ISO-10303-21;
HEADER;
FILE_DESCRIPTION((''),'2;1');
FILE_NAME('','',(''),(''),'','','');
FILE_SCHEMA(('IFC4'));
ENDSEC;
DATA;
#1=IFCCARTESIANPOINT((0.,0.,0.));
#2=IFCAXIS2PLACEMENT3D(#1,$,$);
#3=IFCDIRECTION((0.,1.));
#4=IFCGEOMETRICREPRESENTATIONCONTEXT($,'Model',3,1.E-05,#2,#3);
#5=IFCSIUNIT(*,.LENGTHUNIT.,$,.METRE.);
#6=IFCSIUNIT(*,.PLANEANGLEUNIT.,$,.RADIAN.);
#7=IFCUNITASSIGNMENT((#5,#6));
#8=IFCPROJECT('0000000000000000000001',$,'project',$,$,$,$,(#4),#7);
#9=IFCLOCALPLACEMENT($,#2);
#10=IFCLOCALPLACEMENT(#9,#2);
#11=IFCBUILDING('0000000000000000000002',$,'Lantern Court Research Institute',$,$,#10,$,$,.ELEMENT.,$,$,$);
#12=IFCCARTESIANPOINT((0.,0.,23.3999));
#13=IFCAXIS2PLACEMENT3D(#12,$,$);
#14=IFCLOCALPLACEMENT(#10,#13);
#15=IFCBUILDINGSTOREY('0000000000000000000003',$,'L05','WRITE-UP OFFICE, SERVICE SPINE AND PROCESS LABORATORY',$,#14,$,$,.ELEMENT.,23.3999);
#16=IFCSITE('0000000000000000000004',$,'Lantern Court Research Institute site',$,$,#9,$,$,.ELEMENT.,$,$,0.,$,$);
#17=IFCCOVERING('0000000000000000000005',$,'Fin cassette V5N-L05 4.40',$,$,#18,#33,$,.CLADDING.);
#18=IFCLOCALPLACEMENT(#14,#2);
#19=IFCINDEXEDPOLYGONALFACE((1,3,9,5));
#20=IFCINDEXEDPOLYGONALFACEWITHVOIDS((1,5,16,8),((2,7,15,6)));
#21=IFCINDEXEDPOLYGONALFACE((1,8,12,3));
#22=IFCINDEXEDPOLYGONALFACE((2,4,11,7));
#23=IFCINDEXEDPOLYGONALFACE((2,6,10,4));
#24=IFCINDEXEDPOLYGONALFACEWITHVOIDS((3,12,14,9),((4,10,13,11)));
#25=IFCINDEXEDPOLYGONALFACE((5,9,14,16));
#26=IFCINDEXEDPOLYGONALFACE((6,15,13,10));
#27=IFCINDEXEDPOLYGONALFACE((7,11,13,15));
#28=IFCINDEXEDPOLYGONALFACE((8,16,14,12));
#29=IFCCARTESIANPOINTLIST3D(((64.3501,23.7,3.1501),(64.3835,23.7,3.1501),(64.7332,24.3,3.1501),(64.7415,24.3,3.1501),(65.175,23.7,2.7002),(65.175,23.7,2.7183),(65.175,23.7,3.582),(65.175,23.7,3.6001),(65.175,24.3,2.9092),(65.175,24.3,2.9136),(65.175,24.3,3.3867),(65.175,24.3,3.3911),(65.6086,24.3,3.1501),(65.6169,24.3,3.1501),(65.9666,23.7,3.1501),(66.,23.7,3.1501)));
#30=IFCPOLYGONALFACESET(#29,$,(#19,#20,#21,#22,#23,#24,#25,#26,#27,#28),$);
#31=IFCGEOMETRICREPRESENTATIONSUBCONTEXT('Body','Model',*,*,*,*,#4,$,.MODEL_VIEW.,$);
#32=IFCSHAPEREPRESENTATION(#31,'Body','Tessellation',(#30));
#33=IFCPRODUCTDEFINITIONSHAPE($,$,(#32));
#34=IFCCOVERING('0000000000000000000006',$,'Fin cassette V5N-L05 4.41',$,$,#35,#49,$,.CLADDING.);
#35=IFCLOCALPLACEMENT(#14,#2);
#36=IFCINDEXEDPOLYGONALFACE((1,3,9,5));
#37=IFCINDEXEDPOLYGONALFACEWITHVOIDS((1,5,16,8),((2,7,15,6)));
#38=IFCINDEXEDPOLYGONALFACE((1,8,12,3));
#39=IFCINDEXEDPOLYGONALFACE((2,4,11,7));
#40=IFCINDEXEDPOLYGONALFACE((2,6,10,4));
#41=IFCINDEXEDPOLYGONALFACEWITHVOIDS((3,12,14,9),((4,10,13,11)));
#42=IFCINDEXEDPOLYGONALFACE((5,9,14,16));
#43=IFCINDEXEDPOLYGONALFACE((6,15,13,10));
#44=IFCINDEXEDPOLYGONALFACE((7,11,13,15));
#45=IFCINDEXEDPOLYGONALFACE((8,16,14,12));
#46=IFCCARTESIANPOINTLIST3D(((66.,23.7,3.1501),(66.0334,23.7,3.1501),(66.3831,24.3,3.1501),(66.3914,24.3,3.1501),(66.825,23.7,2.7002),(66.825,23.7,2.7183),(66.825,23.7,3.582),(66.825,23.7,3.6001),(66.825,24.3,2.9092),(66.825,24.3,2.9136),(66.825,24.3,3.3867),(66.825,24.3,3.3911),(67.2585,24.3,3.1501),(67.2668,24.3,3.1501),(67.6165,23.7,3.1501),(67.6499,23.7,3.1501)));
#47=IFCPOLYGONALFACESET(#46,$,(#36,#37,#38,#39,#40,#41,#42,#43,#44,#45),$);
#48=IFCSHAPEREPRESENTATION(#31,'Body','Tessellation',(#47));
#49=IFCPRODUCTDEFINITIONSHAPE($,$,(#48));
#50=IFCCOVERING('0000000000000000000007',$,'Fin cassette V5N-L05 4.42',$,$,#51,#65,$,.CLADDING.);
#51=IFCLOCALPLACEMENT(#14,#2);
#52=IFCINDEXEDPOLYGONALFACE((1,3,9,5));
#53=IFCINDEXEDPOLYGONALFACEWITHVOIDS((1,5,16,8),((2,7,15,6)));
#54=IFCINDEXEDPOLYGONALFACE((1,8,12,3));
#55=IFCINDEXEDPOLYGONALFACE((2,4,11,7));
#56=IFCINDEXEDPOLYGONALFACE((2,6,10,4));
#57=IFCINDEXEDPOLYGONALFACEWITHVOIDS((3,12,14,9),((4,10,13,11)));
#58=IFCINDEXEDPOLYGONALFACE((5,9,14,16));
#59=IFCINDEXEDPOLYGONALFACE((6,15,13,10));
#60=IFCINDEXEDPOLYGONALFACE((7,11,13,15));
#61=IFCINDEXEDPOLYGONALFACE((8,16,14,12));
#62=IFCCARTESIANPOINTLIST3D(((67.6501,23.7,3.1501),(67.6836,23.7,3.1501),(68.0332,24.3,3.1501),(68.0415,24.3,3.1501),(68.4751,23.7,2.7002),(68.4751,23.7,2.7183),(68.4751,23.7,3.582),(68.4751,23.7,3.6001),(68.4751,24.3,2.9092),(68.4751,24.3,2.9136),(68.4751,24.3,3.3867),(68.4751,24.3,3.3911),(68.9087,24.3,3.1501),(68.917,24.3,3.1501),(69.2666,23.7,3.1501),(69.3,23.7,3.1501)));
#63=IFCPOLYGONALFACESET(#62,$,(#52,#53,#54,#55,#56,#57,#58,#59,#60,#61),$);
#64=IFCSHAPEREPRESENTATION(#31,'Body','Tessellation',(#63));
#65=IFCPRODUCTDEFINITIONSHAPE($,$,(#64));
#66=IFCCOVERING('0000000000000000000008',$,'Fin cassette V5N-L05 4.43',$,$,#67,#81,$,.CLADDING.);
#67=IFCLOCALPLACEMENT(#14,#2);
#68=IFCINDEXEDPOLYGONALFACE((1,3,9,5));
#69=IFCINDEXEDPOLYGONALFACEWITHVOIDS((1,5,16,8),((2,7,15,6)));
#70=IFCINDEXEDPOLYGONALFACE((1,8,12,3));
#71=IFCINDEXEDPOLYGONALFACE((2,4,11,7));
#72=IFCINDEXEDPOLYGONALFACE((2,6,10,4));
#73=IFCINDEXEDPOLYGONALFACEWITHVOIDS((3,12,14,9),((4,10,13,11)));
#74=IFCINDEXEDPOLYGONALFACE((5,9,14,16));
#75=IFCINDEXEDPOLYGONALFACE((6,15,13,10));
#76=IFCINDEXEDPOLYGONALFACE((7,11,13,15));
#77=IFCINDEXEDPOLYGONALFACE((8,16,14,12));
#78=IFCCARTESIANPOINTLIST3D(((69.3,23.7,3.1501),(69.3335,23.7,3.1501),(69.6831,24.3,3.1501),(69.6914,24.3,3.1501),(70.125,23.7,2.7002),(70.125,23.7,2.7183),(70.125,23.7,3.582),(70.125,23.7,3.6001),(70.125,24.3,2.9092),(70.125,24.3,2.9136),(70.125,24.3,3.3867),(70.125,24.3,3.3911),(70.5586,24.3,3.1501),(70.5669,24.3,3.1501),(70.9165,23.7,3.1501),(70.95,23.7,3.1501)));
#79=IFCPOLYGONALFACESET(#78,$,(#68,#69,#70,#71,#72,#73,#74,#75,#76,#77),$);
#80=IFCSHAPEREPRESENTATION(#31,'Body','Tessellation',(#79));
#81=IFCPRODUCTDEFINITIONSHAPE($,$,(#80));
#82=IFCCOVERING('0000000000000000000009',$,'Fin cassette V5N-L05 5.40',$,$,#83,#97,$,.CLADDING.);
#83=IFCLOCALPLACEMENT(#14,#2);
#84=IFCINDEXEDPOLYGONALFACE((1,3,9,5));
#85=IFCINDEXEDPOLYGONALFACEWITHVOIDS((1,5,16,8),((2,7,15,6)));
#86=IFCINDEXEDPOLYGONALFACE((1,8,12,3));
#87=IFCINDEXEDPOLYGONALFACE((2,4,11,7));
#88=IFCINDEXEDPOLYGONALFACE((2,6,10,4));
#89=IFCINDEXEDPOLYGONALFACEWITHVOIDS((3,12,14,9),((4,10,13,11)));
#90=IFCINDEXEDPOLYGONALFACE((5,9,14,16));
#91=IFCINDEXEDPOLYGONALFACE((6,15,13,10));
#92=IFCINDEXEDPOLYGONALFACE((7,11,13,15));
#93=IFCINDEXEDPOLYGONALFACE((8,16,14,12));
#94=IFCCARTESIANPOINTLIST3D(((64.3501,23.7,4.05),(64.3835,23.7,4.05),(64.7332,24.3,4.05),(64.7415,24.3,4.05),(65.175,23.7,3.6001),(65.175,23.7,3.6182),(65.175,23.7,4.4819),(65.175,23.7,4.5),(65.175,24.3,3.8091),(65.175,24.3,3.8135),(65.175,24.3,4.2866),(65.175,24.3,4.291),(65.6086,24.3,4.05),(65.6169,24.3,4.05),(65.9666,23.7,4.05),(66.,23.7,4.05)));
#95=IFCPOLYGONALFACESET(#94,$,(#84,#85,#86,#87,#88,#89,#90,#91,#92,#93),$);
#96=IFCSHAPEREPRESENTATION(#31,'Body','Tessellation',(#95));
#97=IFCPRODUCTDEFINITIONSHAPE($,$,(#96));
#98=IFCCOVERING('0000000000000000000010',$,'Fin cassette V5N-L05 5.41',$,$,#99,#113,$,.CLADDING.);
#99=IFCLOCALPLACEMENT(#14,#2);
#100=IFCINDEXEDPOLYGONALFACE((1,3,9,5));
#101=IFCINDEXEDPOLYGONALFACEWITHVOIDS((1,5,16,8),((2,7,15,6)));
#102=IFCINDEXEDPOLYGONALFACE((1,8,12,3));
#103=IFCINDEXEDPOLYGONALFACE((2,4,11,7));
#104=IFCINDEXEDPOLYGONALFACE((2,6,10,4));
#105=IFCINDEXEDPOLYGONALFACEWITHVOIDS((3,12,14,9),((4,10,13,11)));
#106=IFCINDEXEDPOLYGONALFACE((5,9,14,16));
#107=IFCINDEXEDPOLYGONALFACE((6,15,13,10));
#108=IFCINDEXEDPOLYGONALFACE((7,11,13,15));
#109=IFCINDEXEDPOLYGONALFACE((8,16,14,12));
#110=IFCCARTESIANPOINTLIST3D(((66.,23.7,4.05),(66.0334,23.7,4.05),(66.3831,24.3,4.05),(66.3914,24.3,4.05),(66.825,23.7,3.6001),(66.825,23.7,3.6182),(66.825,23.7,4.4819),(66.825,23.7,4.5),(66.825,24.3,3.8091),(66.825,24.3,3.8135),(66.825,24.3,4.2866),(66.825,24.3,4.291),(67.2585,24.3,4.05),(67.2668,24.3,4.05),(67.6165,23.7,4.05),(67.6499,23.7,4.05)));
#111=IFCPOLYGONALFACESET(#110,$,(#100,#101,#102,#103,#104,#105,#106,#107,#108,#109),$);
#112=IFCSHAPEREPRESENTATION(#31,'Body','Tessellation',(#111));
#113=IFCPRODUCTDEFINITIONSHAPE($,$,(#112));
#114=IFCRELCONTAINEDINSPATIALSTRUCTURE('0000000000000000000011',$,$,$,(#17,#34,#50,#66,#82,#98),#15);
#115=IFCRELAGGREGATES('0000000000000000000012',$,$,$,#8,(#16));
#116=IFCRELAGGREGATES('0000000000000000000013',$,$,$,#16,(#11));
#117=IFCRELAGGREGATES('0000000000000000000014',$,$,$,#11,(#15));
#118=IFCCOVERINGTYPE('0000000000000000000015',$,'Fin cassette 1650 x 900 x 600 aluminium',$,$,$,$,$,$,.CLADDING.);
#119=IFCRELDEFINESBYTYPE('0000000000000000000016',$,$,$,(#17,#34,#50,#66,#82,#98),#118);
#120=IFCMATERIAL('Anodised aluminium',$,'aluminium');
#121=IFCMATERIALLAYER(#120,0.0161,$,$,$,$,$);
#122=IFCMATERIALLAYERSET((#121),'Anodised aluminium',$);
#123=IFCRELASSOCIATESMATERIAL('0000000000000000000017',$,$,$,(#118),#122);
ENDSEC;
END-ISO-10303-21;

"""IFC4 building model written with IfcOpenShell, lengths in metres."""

from ifc_helpers import new_model, entity, si_unit, direction, frame, origin, place, context, subcontext, project, spatial, material, layer, layer_set, type_object, element, save


model = new_model("IFC4")

# Units and contexts
model_context = context("Model", 3, precision=1e-05, world=origin(), true_north=direction((0.0, 1.0)))
body_context = subcontext(model_context, "Body", "Model", "MODEL_VIEW")
ifc_project = project(units=[si_unit("LENGTHUNIT", "METRE"), si_unit("PLANEANGLEUNIT", "RADIAN")], contexts=[model_context])

# Site, building, storey
site_placement = place(None, origin())
site = spatial("IfcSite", under=ifc_project, at=site_placement, Name="Lantern Court Research Institute site", CompositionType="ELEMENT", RefElevation=0.0)
building_placement = place(site_placement, origin())
building = spatial("IfcBuilding", under=site, at=building_placement, Name="Lantern Court Research Institute", CompositionType="ELEMENT")
storey_placement = place(building_placement, frame((0.0, 0.0, 23.3999)))
storey = spatial("IfcBuildingStorey", under=building, at=storey_placement, Name="L05", Description="WRITE-UP OFFICE, SERVICE SPINE AND PROCESS LABORATORY", CompositionType="ELEMENT", Elevation=23.3999)

# Coverings
ifc_material_1 = material(Name="Anodised aluminium", Category="aluminium")
ifc_layer = layer(ifc_material_1, 0.0161)
ifc_layer_set = layer_set([ifc_layer], Name="Anodised aluminium")
covering_type_1 = type_object("IfcCoveringType", Name="Fin cassette 1650 x 900 x 600 aluminium", PredefinedType="CLADDING", material=ifc_layer_set)
covering_1_placement = place(storey_placement, frame((65.175, 23.7, 3.1501), z_axis=(0.0, 1.0, 0.0), x_axis=(-1.0, 0.0, 0.0)))
cartesian_point_1 = entity("IfcCartesianPoint", [0.825, 0.0])
cartesian_point_2 = entity("IfcCartesianPoint", [0.7915, 0.0])
cartesian_point_3 = entity("IfcCartesianPoint", [0.4419, 0.0])
cartesian_point_4 = entity("IfcCartesianPoint", [0.4336, 0.0])
element("IfcCovering", 1, at=covering_1_placement, inside=storey, type_object=covering_type_1, Name="Fin cassette V5N-L05 4.40", PredefinedType="CLADDING", context=body_context, shape_type="SweptSolid", body=[
    entity("IfcExtrudedAreaSolidTapered", entity("IfcArbitraryProfileDefWithVoids", "AREA", None, entity("IfcPolyline", [cartesian_point_1, entity("IfcCartesianPoint", [0.0, 0.45]), entity("IfcCartesianPoint", [-0.825, 0.0]), entity("IfcCartesianPoint", [0.0, -0.45]), cartesian_point_1]), [entity("IfcPolyline", [cartesian_point_2, entity("IfcCartesianPoint", [0.0, 0.4319]), entity("IfcCartesianPoint", [-0.7915, 0.0]), entity("IfcCartesianPoint", [0.0, -0.4319]), cartesian_point_2])]), entity("IfcAxis2Placement3D", entity("IfcCartesianPoint", [0.0, 0.0, 0.0])), entity("IfcDirection", [0.0, 0.0, 1.0]), 0.6001, entity("IfcArbitraryProfileDefWithVoids", "AREA", None, entity("IfcPolyline", [cartesian_point_3, entity("IfcCartesianPoint", [0.0, 0.241]), entity("IfcCartesianPoint", [-0.4419, 0.0]), entity("IfcCartesianPoint", [0.0, -0.241]), cartesian_point_3]), [entity("IfcPolyline", [cartesian_point_4, entity("IfcCartesianPoint", [0.0, 0.2366]), entity("IfcCartesianPoint", [-0.4336, 0.0]), entity("IfcCartesianPoint", [0.0, -0.2366]), cartesian_point_4])])),
])
covering_2_placement = place(storey_placement, frame((66.825, 23.7, 3.1501), z_axis=(0.0, 1.0, 0.0), x_axis=(-1.0, 0.0, 0.0)))
cartesian_point_5 = entity("IfcCartesianPoint", [0.825, 0.0])
cartesian_point_6 = entity("IfcCartesianPoint", [0.7915, 0.0])
cartesian_point_7 = entity("IfcCartesianPoint", [0.4419, 0.0])
cartesian_point_8 = entity("IfcCartesianPoint", [0.4336, 0.0])
element("IfcCovering", 2, at=covering_2_placement, inside=storey, type_object=covering_type_1, Name="Fin cassette V5N-L05 4.41", PredefinedType="CLADDING", context=body_context, shape_type="SweptSolid", body=[
    entity("IfcExtrudedAreaSolidTapered", entity("IfcArbitraryProfileDefWithVoids", "AREA", None, entity("IfcPolyline", [cartesian_point_5, entity("IfcCartesianPoint", [0.0, 0.45]), entity("IfcCartesianPoint", [-0.825, 0.0]), entity("IfcCartesianPoint", [0.0, -0.45]), cartesian_point_5]), [entity("IfcPolyline", [cartesian_point_6, entity("IfcCartesianPoint", [0.0, 0.4319]), entity("IfcCartesianPoint", [-0.7915, 0.0]), entity("IfcCartesianPoint", [0.0, -0.4319]), cartesian_point_6])]), entity("IfcAxis2Placement3D", entity("IfcCartesianPoint", [0.0, 0.0, 0.0])), entity("IfcDirection", [0.0, 0.0, 1.0]), 0.6001, entity("IfcArbitraryProfileDefWithVoids", "AREA", None, entity("IfcPolyline", [cartesian_point_7, entity("IfcCartesianPoint", [0.0, 0.241]), entity("IfcCartesianPoint", [-0.4419, 0.0]), entity("IfcCartesianPoint", [0.0, -0.241]), cartesian_point_7]), [entity("IfcPolyline", [cartesian_point_8, entity("IfcCartesianPoint", [0.0, 0.2366]), entity("IfcCartesianPoint", [-0.4336, 0.0]), entity("IfcCartesianPoint", [0.0, -0.2366]), cartesian_point_8])])),
])
covering_3_placement = place(storey_placement, frame((68.4751, 23.7, 3.1501), z_axis=(0.0, 1.0, 0.0), x_axis=(-1.0, 0.0, 0.0)))
cartesian_point_9 = entity("IfcCartesianPoint", [0.825, 0.0])
cartesian_point_10 = entity("IfcCartesianPoint", [0.7915, 0.0])
cartesian_point_11 = entity("IfcCartesianPoint", [0.4419, 0.0])
cartesian_point_12 = entity("IfcCartesianPoint", [0.4336, 0.0])
element("IfcCovering", 3, at=covering_3_placement, inside=storey, type_object=covering_type_1, Name="Fin cassette V5N-L05 4.42", PredefinedType="CLADDING", context=body_context, shape_type="SweptSolid", body=[
    entity("IfcExtrudedAreaSolidTapered", entity("IfcArbitraryProfileDefWithVoids", "AREA", None, entity("IfcPolyline", [cartesian_point_9, entity("IfcCartesianPoint", [0.0, 0.45]), entity("IfcCartesianPoint", [-0.825, 0.0]), entity("IfcCartesianPoint", [0.0, -0.45]), cartesian_point_9]), [entity("IfcPolyline", [cartesian_point_10, entity("IfcCartesianPoint", [0.0, 0.4319]), entity("IfcCartesianPoint", [-0.7915, 0.0]), entity("IfcCartesianPoint", [0.0, -0.4319]), cartesian_point_10])]), entity("IfcAxis2Placement3D", entity("IfcCartesianPoint", [0.0, 0.0, 0.0])), entity("IfcDirection", [0.0, 0.0, 1.0]), 0.6001, entity("IfcArbitraryProfileDefWithVoids", "AREA", None, entity("IfcPolyline", [cartesian_point_11, entity("IfcCartesianPoint", [0.0, 0.241]), entity("IfcCartesianPoint", [-0.4419, 0.0]), entity("IfcCartesianPoint", [0.0, -0.241]), cartesian_point_11]), [entity("IfcPolyline", [cartesian_point_12, entity("IfcCartesianPoint", [0.0, 0.2366]), entity("IfcCartesianPoint", [-0.4336, 0.0]), entity("IfcCartesianPoint", [0.0, -0.2366]), cartesian_point_12])])),
])
covering_4_placement = place(storey_placement, frame((70.125, 23.7, 3.1501), z_axis=(0.0, 1.0, 0.0), x_axis=(-1.0, 0.0, 0.0)))
cartesian_point_13 = entity("IfcCartesianPoint", [0.825, 0.0])
cartesian_point_14 = entity("IfcCartesianPoint", [0.7915, 0.0])
cartesian_point_15 = entity("IfcCartesianPoint", [0.4419, 0.0])
cartesian_point_16 = entity("IfcCartesianPoint", [0.4336, 0.0])
element("IfcCovering", 4, at=covering_4_placement, inside=storey, type_object=covering_type_1, Name="Fin cassette V5N-L05 4.43", PredefinedType="CLADDING", context=body_context, shape_type="SweptSolid", body=[
    entity("IfcExtrudedAreaSolidTapered", entity("IfcArbitraryProfileDefWithVoids", "AREA", None, entity("IfcPolyline", [cartesian_point_13, entity("IfcCartesianPoint", [0.0, 0.45]), entity("IfcCartesianPoint", [-0.825, 0.0]), entity("IfcCartesianPoint", [0.0, -0.45]), cartesian_point_13]), [entity("IfcPolyline", [cartesian_point_14, entity("IfcCartesianPoint", [0.0, 0.4319]), entity("IfcCartesianPoint", [-0.7915, 0.0]), entity("IfcCartesianPoint", [0.0, -0.4319]), cartesian_point_14])]), entity("IfcAxis2Placement3D", entity("IfcCartesianPoint", [0.0, 0.0, 0.0])), entity("IfcDirection", [0.0, 0.0, 1.0]), 0.6001, entity("IfcArbitraryProfileDefWithVoids", "AREA", None, entity("IfcPolyline", [cartesian_point_15, entity("IfcCartesianPoint", [0.0, 0.241]), entity("IfcCartesianPoint", [-0.4419, 0.0]), entity("IfcCartesianPoint", [0.0, -0.241]), cartesian_point_15]), [entity("IfcPolyline", [cartesian_point_16, entity("IfcCartesianPoint", [0.0, 0.2366]), entity("IfcCartesianPoint", [-0.4336, 0.0]), entity("IfcCartesianPoint", [0.0, -0.2366]), cartesian_point_16])])),
])
covering_5_placement = place(storey_placement, frame((65.175, 23.7, 4.05), z_axis=(0.0, 1.0, 0.0), x_axis=(-1.0, 0.0, 0.0)))
cartesian_point_17 = entity("IfcCartesianPoint", [0.825, 0.0])
cartesian_point_18 = entity("IfcCartesianPoint", [0.7915, 0.0])
cartesian_point_19 = entity("IfcCartesianPoint", [0.4419, 0.0])
cartesian_point_20 = entity("IfcCartesianPoint", [0.4336, 0.0])
element("IfcCovering", 5, at=covering_5_placement, inside=storey, type_object=covering_type_1, Name="Fin cassette V5N-L05 5.40", PredefinedType="CLADDING", context=body_context, shape_type="SweptSolid", body=[
    entity("IfcExtrudedAreaSolidTapered", entity("IfcArbitraryProfileDefWithVoids", "AREA", None, entity("IfcPolyline", [cartesian_point_17, entity("IfcCartesianPoint", [0.0, 0.45]), entity("IfcCartesianPoint", [-0.825, 0.0]), entity("IfcCartesianPoint", [0.0, -0.45]), cartesian_point_17]), [entity("IfcPolyline", [cartesian_point_18, entity("IfcCartesianPoint", [0.0, 0.4319]), entity("IfcCartesianPoint", [-0.7915, 0.0]), entity("IfcCartesianPoint", [0.0, -0.4319]), cartesian_point_18])]), entity("IfcAxis2Placement3D", entity("IfcCartesianPoint", [0.0, 0.0, 0.0])), entity("IfcDirection", [0.0, 0.0, 1.0]), 0.6001, entity("IfcArbitraryProfileDefWithVoids", "AREA", None, entity("IfcPolyline", [cartesian_point_19, entity("IfcCartesianPoint", [0.0, 0.241]), entity("IfcCartesianPoint", [-0.4419, 0.0]), entity("IfcCartesianPoint", [0.0, -0.241]), cartesian_point_19]), [entity("IfcPolyline", [cartesian_point_20, entity("IfcCartesianPoint", [0.0, 0.2366]), entity("IfcCartesianPoint", [-0.4336, 0.0]), entity("IfcCartesianPoint", [0.0, -0.2366]), cartesian_point_20])])),
])
covering_6_placement = place(storey_placement, frame((66.825, 23.7, 4.05), z_axis=(0.0, 1.0, 0.0), x_axis=(-1.0, 0.0, 0.0)))
cartesian_point_21 = entity("IfcCartesianPoint", [0.825, 0.0])
cartesian_point_22 = entity("IfcCartesianPoint", [0.7915, 0.0])
cartesian_point_23 = entity("IfcCartesianPoint", [0.4419, 0.0])
cartesian_point_24 = entity("IfcCartesianPoint", [0.4336, 0.0])
element("IfcCovering", 6, at=covering_6_placement, inside=storey, type_object=covering_type_1, Name="Fin cassette V5N-L05 5.41", PredefinedType="CLADDING", context=body_context, shape_type="SweptSolid", body=[
    entity("IfcExtrudedAreaSolidTapered", entity("IfcArbitraryProfileDefWithVoids", "AREA", None, entity("IfcPolyline", [cartesian_point_21, entity("IfcCartesianPoint", [0.0, 0.45]), entity("IfcCartesianPoint", [-0.825, 0.0]), entity("IfcCartesianPoint", [0.0, -0.45]), cartesian_point_21]), [entity("IfcPolyline", [cartesian_point_22, entity("IfcCartesianPoint", [0.0, 0.4319]), entity("IfcCartesianPoint", [-0.7915, 0.0]), entity("IfcCartesianPoint", [0.0, -0.4319]), cartesian_point_22])]), entity("IfcAxis2Placement3D", entity("IfcCartesianPoint", [0.0, 0.0, 0.0])), entity("IfcDirection", [0.0, 0.0, 1.0]), 0.6001, entity("IfcArbitraryProfileDefWithVoids", "AREA", None, entity("IfcPolyline", [cartesian_point_23, entity("IfcCartesianPoint", [0.0, 0.241]), entity("IfcCartesianPoint", [-0.4419, 0.0]), entity("IfcCartesianPoint", [0.0, -0.241]), cartesian_point_23]), [entity("IfcPolyline", [cartesian_point_24, entity("IfcCartesianPoint", [0.0, 0.2366]), entity("IfcCartesianPoint", [-0.4336, 0.0]), entity("IfcCartesianPoint", [0.0, -0.2366]), cartesian_point_24])])),
])

save(model, "model.ifc")
